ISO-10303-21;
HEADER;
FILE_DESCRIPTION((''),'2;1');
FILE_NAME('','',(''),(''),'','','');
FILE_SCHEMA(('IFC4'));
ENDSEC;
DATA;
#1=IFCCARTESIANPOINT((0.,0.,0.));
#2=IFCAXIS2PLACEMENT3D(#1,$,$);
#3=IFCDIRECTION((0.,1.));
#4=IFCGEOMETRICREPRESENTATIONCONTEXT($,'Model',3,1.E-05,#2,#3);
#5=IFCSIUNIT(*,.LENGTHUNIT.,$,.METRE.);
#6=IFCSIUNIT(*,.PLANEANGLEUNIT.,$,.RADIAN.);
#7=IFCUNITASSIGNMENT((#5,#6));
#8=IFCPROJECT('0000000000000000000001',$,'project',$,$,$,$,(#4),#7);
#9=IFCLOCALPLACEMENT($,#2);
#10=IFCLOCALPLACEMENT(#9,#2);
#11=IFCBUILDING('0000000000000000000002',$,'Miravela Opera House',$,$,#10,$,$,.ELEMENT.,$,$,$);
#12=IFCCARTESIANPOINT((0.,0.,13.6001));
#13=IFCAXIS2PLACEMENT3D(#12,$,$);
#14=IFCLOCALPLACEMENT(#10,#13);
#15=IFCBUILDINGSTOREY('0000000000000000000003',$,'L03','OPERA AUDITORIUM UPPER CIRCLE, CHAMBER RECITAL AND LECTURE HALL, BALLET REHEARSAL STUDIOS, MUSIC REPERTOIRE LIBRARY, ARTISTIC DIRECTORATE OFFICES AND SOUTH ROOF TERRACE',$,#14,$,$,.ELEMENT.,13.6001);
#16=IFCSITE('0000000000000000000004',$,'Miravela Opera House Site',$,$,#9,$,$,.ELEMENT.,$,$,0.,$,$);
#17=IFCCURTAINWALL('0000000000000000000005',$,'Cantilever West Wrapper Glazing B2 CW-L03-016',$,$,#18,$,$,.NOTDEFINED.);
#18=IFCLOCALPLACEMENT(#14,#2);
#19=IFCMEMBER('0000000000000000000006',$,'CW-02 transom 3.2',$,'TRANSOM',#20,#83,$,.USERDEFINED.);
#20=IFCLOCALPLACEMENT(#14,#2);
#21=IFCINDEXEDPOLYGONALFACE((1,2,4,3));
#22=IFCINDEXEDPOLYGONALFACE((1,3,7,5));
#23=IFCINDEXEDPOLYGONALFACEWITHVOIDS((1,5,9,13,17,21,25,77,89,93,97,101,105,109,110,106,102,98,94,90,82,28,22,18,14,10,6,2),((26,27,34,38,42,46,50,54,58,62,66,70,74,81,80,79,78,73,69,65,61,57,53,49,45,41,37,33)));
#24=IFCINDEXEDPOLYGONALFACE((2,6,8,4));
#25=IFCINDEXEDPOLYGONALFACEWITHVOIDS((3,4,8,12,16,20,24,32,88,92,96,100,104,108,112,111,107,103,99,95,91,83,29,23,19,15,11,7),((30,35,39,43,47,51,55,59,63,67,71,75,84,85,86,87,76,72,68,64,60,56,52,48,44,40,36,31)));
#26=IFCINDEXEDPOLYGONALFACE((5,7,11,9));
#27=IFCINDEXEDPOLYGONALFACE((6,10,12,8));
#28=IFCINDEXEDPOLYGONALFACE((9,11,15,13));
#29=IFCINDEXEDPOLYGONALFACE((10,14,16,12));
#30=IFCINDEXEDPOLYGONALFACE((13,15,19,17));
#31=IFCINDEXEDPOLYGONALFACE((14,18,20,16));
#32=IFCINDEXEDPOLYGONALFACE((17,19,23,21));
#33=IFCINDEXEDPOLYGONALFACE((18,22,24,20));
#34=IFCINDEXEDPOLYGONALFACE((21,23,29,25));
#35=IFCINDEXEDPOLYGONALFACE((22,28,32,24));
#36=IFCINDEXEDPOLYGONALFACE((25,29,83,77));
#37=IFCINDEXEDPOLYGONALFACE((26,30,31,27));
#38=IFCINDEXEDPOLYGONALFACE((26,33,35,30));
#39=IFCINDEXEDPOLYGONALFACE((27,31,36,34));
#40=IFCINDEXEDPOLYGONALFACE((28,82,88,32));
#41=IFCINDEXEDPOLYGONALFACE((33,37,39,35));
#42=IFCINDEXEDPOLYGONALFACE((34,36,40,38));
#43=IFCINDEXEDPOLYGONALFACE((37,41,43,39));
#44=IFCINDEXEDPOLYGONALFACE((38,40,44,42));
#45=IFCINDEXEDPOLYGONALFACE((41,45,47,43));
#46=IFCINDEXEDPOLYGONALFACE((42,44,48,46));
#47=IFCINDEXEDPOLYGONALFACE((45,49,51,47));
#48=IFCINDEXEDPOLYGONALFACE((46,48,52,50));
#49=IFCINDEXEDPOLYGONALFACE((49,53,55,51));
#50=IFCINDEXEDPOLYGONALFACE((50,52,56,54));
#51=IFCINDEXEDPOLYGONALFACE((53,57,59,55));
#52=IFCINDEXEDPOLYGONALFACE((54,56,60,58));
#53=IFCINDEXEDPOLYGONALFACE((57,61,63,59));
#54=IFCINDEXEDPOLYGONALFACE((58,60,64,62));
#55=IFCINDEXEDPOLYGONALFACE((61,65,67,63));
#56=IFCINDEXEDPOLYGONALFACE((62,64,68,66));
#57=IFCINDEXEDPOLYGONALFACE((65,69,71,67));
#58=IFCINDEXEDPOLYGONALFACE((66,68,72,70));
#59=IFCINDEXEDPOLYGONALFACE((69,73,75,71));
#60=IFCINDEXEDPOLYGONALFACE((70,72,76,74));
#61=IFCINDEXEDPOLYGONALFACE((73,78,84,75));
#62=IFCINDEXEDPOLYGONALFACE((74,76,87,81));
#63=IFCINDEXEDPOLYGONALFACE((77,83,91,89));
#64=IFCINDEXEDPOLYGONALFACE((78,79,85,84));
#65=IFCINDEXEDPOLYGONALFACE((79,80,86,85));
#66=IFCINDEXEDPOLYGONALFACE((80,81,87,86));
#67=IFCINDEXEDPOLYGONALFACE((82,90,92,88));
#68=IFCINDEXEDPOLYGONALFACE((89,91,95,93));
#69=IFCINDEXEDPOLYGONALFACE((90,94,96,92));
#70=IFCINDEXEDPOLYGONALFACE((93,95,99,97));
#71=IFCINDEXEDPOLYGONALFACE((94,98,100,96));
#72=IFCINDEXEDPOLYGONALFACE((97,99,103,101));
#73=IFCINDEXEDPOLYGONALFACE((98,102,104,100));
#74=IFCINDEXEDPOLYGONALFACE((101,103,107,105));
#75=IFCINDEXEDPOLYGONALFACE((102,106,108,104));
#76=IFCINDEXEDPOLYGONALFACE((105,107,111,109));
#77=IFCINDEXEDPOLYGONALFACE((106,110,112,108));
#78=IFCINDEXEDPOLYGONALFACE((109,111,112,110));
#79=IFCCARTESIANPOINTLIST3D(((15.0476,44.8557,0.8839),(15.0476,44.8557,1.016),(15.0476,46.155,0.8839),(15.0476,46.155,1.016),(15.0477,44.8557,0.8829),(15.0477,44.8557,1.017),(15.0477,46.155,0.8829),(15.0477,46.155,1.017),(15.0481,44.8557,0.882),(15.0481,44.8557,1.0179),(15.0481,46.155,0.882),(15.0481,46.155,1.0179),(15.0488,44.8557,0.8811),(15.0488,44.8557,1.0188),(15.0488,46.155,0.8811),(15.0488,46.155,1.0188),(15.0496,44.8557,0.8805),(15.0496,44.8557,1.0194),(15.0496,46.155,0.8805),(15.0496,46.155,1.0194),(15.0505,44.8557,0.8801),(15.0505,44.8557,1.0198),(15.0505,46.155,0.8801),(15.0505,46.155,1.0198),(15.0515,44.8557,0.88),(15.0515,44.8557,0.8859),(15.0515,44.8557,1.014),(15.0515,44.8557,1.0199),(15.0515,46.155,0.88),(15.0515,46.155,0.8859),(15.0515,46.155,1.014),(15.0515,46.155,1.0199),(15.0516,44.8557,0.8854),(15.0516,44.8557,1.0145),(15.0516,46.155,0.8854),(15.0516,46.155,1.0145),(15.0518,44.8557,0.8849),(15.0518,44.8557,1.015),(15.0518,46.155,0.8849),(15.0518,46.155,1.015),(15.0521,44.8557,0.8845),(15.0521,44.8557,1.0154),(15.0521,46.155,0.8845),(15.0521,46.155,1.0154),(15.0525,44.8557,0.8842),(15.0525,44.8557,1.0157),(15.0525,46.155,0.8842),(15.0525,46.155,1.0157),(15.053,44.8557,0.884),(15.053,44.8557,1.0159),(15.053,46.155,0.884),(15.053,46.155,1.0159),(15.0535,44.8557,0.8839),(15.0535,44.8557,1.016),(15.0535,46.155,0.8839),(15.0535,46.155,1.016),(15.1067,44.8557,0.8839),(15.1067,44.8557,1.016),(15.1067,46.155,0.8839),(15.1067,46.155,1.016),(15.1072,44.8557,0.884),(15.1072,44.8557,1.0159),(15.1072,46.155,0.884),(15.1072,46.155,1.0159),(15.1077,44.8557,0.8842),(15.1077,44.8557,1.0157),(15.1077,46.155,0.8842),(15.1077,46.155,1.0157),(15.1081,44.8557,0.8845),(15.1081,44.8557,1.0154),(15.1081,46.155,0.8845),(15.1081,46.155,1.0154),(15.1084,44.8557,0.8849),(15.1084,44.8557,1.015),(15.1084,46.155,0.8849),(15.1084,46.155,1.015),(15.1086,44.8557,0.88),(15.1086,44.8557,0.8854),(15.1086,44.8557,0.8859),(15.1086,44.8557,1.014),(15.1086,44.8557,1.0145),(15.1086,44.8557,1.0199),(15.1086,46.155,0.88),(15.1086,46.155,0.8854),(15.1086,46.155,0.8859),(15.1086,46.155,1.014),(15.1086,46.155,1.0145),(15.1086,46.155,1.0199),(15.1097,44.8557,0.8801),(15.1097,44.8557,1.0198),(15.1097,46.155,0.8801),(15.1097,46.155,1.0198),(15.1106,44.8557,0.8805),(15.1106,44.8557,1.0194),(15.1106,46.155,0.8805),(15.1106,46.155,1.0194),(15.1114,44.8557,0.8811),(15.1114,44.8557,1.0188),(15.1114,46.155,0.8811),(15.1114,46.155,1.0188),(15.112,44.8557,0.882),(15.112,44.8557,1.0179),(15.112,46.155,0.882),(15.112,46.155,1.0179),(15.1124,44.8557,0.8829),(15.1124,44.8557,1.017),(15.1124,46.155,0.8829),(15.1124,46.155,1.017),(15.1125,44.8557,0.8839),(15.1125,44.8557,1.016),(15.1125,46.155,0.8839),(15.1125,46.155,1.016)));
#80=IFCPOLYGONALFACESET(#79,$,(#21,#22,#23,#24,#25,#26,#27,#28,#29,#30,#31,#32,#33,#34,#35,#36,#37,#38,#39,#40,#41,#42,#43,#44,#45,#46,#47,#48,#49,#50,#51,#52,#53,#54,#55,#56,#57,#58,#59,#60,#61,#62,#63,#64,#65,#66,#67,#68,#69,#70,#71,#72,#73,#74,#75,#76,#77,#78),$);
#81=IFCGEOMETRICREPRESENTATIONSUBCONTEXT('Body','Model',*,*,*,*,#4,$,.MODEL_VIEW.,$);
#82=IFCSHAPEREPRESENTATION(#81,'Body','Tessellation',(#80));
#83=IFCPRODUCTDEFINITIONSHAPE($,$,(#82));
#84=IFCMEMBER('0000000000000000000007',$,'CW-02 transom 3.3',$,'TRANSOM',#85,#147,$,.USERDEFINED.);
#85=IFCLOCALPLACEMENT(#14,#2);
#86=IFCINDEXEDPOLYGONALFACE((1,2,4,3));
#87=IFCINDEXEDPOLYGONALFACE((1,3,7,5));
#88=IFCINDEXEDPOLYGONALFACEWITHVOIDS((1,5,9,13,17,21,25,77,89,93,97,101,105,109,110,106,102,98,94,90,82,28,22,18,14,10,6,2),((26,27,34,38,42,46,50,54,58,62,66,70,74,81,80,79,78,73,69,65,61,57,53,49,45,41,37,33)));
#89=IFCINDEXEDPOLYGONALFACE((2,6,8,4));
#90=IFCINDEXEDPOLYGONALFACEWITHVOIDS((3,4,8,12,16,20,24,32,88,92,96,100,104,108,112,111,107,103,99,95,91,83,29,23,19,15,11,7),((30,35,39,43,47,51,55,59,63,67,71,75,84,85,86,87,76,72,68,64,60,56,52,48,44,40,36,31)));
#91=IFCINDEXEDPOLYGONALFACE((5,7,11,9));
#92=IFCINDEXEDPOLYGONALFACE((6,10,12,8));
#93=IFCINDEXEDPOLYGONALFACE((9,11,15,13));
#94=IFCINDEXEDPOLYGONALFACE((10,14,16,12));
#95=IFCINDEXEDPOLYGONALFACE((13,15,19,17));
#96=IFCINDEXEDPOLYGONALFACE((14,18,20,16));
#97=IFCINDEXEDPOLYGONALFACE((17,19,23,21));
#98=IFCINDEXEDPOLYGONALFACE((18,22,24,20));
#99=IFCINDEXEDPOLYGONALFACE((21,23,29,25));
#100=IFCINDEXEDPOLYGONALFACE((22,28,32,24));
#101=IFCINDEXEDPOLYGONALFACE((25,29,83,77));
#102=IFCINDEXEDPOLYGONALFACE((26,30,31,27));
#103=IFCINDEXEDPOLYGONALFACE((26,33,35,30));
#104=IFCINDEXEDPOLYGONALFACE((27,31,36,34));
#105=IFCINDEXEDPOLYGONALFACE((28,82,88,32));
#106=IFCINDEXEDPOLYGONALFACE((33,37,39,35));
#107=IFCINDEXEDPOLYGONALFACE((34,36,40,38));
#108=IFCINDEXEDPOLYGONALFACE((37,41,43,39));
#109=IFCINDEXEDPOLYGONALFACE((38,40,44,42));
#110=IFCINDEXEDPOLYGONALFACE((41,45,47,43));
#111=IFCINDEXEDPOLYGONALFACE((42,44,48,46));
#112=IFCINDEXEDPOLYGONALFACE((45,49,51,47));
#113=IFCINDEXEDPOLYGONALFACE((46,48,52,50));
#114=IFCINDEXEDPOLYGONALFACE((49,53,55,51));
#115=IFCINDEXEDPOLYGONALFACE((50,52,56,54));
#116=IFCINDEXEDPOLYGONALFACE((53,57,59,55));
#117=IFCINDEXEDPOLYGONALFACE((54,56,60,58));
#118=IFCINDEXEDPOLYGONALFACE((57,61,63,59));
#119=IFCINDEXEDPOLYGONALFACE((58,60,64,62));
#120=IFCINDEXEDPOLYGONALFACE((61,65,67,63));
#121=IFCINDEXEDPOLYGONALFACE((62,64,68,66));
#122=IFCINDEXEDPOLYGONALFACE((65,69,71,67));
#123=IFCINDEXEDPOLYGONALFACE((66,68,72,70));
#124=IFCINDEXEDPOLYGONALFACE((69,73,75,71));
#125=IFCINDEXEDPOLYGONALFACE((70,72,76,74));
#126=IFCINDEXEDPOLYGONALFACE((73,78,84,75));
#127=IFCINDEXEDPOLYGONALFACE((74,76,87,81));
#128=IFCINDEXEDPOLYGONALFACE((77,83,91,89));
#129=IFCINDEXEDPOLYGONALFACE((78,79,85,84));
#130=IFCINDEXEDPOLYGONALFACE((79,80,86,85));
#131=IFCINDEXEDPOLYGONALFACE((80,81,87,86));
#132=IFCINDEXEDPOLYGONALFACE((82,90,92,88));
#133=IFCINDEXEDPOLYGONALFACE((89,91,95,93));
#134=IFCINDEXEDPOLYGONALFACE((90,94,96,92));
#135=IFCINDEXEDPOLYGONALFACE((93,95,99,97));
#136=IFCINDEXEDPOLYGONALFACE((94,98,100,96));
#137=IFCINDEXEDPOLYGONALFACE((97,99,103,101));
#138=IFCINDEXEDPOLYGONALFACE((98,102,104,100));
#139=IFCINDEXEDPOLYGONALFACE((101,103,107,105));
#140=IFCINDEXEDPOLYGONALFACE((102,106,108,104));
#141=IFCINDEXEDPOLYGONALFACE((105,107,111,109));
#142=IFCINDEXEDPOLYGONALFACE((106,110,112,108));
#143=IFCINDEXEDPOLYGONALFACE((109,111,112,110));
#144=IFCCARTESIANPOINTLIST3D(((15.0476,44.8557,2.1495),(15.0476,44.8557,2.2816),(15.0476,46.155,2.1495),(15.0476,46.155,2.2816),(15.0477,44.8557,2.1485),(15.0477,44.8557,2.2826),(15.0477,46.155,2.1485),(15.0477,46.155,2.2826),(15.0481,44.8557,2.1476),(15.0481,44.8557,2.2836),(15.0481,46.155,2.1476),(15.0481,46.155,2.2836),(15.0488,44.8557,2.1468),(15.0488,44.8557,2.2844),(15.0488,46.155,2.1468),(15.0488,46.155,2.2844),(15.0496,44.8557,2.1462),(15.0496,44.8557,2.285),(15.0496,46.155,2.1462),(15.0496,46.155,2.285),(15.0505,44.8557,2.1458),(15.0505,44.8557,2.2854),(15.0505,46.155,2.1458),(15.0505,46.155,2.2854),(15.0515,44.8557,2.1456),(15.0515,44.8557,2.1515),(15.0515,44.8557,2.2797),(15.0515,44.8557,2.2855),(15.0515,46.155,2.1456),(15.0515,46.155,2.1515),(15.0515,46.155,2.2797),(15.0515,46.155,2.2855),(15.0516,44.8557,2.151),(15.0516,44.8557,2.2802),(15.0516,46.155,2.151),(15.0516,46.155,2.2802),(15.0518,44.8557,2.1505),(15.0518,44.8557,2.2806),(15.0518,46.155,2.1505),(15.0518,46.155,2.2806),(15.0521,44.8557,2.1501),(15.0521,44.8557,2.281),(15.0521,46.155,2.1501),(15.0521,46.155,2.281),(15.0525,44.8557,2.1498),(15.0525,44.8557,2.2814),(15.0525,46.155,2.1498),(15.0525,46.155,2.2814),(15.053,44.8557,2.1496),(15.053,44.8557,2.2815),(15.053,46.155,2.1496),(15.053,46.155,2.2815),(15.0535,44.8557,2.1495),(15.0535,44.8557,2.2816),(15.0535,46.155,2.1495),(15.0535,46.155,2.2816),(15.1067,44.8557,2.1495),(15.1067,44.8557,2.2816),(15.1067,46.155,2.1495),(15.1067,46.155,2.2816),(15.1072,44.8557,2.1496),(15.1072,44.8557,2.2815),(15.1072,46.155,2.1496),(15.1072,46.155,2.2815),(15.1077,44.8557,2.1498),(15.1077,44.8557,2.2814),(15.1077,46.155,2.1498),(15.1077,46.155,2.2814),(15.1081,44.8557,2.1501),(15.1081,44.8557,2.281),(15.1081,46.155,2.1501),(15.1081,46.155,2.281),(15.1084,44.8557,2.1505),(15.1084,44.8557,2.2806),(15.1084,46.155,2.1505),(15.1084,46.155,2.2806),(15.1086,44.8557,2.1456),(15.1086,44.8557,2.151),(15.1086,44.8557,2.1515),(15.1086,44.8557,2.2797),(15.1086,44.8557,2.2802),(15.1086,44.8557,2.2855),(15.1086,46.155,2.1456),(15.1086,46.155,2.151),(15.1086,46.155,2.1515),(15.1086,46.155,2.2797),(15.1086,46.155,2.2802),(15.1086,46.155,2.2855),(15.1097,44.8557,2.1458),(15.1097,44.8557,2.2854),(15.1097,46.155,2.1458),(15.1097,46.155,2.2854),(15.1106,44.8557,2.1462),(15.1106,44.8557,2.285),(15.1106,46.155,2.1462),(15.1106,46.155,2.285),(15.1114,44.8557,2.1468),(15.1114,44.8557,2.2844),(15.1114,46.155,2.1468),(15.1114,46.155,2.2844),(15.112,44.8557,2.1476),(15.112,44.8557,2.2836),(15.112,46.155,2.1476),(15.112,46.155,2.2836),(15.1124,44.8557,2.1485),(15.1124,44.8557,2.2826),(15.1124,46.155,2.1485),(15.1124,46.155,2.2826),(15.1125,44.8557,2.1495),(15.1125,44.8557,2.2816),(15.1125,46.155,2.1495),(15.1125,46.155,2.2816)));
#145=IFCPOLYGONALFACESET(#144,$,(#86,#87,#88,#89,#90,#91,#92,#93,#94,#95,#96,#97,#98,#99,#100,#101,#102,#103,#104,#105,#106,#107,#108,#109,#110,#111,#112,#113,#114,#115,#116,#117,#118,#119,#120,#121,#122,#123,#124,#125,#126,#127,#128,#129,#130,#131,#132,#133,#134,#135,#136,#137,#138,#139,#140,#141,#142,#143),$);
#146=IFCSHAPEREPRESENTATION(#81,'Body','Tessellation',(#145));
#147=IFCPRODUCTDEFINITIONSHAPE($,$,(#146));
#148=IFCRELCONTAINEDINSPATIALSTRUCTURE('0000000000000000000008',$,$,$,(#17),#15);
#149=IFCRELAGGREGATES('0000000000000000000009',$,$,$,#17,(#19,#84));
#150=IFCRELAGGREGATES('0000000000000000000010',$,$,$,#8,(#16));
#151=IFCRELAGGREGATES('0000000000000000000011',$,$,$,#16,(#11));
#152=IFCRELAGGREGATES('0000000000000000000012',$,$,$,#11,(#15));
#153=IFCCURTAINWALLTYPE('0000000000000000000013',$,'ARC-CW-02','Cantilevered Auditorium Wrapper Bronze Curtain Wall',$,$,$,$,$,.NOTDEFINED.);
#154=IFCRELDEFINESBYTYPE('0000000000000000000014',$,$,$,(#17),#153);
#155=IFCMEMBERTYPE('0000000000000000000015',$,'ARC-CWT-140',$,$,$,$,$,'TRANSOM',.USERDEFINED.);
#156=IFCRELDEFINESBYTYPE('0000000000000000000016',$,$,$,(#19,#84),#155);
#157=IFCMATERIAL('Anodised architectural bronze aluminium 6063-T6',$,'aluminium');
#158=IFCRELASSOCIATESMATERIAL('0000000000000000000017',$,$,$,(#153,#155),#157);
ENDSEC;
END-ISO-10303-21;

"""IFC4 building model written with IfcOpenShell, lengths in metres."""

from ifc_helpers import new_model, si_unit, direction, frame, origin, origin_2d, place, context, subcontext, project, spatial, hollow_rectangle, extrude, material, material_profile, profile_set, type_object, element, aggregate, save


model = new_model("IFC4")

# Units and contexts
model_context = context("Model", 3, precision=1e-05, world=origin(), true_north=direction((0.0, 1.0)))
body_context = subcontext(model_context, "Body", "Model", "MODEL_VIEW")
ifc_project = project(units=[si_unit("LENGTHUNIT", "METRE"), si_unit("PLANEANGLEUNIT", "RADIAN")], contexts=[model_context])

# Site, building, storey
site_placement = place(None, origin())
site = spatial("IfcSite", under=ifc_project, at=site_placement, Name="Miravela Opera House Site", CompositionType="ELEMENT", RefElevation=0.0)
building_placement = place(site_placement, origin())
building = spatial("IfcBuilding", under=site, at=building_placement, Name="Miravela Opera House", CompositionType="ELEMENT")
storey_placement = place(building_placement, frame((0.0, 0.0, 13.6001)))
storey = spatial("IfcBuildingStorey", under=building, at=storey_placement, Name="L03", Description="OPERA AUDITORIUM UPPER CIRCLE, CHAMBER RECITAL AND LECTURE HALL, BALLET REHEARSAL STUDIOS, MUSIC REPERTOIRE LIBRARY, ARTISTIC DIRECTORATE OFFICES AND SOUTH ROOF TERRACE", CompositionType="ELEMENT", Elevation=13.6001)

# Curtain wall
ifc_material_1 = material(Name="Anodised architectural bronze aluminium 6063-T6", Category="aluminium")
curtain_wall_type = type_object("IfcCurtainWallType", Name="ARC-CW-02", Description="Cantilevered Auditorium Wrapper Bronze Curtain Wall", PredefinedType="NOTDEFINED", material=ifc_material_1)
curtain_wall_1_placement = place(storey_placement, origin())
curtain_wall_1 = element("IfcCurtainWall", 1, at=curtain_wall_1_placement, inside=storey, type_object=curtain_wall_type, Name="Cantilever West Wrapper Glazing B2 CW-L03-016", PredefinedType="NOTDEFINED")

# Members
ifc_material_profile_1 = material_profile(ifc_material_1, hollow_rectangle(XDim=0.0649, YDim=0.1399, WallThickness=0.0039, InnerFilletRadius=0.002, OuterFilletRadius=0.0039, at=origin_2d()), Name="CWT-65X140")
ifc_profile_set_1 = profile_set([ifc_material_profile_1])
member_type_1 = type_object("IfcMemberType", Name="ARC-CWT-140", ElementType="TRANSOM", PredefinedType="USERDEFINED", material=ifc_profile_set_1)
member_1_placement = place(storey_placement, frame((15.0801, 44.8557, 0.95), z_axis=(0.0, 1.0, 0.0), x_axis=(-1.0, 0.0, 0.0)))
member_1 = element("IfcMember", 2, at=member_1_placement, type_object=member_type_1, Name="CW-02 transom 3.2", ObjectType="TRANSOM", PredefinedType="USERDEFINED", context=body_context, shape_type="SweptSolid", body=[
    extrude(hollow_rectangle(XDim=0.0649, YDim=0.1399, WallThickness=0.0039, InnerFilletRadius=0.002, OuterFilletRadius=0.0039, at=origin_2d()), origin(), (0.0, 0.0, 1.0), 1.2993),
])
member_2_placement = place(storey_placement, frame((15.0801, 44.8557, 2.2156), z_axis=(0.0, 1.0, 0.0), x_axis=(-1.0, 0.0, 0.0)))
member_2 = element("IfcMember", 3, at=member_2_placement, type_object=member_type_1, Name="CW-02 transom 3.3", ObjectType="TRANSOM", PredefinedType="USERDEFINED", context=body_context, shape_type="SweptSolid", body=[
    extrude(hollow_rectangle(XDim=0.0649, YDim=0.1399, WallThickness=0.0039, InnerFilletRadius=0.002, OuterFilletRadius=0.0039, at=origin_2d()), origin(), (0.0, 0.0, 1.0), 1.2993),
])

aggregate(curtain_wall_1, [member_1, member_2])

save(model, "model.ifc")
